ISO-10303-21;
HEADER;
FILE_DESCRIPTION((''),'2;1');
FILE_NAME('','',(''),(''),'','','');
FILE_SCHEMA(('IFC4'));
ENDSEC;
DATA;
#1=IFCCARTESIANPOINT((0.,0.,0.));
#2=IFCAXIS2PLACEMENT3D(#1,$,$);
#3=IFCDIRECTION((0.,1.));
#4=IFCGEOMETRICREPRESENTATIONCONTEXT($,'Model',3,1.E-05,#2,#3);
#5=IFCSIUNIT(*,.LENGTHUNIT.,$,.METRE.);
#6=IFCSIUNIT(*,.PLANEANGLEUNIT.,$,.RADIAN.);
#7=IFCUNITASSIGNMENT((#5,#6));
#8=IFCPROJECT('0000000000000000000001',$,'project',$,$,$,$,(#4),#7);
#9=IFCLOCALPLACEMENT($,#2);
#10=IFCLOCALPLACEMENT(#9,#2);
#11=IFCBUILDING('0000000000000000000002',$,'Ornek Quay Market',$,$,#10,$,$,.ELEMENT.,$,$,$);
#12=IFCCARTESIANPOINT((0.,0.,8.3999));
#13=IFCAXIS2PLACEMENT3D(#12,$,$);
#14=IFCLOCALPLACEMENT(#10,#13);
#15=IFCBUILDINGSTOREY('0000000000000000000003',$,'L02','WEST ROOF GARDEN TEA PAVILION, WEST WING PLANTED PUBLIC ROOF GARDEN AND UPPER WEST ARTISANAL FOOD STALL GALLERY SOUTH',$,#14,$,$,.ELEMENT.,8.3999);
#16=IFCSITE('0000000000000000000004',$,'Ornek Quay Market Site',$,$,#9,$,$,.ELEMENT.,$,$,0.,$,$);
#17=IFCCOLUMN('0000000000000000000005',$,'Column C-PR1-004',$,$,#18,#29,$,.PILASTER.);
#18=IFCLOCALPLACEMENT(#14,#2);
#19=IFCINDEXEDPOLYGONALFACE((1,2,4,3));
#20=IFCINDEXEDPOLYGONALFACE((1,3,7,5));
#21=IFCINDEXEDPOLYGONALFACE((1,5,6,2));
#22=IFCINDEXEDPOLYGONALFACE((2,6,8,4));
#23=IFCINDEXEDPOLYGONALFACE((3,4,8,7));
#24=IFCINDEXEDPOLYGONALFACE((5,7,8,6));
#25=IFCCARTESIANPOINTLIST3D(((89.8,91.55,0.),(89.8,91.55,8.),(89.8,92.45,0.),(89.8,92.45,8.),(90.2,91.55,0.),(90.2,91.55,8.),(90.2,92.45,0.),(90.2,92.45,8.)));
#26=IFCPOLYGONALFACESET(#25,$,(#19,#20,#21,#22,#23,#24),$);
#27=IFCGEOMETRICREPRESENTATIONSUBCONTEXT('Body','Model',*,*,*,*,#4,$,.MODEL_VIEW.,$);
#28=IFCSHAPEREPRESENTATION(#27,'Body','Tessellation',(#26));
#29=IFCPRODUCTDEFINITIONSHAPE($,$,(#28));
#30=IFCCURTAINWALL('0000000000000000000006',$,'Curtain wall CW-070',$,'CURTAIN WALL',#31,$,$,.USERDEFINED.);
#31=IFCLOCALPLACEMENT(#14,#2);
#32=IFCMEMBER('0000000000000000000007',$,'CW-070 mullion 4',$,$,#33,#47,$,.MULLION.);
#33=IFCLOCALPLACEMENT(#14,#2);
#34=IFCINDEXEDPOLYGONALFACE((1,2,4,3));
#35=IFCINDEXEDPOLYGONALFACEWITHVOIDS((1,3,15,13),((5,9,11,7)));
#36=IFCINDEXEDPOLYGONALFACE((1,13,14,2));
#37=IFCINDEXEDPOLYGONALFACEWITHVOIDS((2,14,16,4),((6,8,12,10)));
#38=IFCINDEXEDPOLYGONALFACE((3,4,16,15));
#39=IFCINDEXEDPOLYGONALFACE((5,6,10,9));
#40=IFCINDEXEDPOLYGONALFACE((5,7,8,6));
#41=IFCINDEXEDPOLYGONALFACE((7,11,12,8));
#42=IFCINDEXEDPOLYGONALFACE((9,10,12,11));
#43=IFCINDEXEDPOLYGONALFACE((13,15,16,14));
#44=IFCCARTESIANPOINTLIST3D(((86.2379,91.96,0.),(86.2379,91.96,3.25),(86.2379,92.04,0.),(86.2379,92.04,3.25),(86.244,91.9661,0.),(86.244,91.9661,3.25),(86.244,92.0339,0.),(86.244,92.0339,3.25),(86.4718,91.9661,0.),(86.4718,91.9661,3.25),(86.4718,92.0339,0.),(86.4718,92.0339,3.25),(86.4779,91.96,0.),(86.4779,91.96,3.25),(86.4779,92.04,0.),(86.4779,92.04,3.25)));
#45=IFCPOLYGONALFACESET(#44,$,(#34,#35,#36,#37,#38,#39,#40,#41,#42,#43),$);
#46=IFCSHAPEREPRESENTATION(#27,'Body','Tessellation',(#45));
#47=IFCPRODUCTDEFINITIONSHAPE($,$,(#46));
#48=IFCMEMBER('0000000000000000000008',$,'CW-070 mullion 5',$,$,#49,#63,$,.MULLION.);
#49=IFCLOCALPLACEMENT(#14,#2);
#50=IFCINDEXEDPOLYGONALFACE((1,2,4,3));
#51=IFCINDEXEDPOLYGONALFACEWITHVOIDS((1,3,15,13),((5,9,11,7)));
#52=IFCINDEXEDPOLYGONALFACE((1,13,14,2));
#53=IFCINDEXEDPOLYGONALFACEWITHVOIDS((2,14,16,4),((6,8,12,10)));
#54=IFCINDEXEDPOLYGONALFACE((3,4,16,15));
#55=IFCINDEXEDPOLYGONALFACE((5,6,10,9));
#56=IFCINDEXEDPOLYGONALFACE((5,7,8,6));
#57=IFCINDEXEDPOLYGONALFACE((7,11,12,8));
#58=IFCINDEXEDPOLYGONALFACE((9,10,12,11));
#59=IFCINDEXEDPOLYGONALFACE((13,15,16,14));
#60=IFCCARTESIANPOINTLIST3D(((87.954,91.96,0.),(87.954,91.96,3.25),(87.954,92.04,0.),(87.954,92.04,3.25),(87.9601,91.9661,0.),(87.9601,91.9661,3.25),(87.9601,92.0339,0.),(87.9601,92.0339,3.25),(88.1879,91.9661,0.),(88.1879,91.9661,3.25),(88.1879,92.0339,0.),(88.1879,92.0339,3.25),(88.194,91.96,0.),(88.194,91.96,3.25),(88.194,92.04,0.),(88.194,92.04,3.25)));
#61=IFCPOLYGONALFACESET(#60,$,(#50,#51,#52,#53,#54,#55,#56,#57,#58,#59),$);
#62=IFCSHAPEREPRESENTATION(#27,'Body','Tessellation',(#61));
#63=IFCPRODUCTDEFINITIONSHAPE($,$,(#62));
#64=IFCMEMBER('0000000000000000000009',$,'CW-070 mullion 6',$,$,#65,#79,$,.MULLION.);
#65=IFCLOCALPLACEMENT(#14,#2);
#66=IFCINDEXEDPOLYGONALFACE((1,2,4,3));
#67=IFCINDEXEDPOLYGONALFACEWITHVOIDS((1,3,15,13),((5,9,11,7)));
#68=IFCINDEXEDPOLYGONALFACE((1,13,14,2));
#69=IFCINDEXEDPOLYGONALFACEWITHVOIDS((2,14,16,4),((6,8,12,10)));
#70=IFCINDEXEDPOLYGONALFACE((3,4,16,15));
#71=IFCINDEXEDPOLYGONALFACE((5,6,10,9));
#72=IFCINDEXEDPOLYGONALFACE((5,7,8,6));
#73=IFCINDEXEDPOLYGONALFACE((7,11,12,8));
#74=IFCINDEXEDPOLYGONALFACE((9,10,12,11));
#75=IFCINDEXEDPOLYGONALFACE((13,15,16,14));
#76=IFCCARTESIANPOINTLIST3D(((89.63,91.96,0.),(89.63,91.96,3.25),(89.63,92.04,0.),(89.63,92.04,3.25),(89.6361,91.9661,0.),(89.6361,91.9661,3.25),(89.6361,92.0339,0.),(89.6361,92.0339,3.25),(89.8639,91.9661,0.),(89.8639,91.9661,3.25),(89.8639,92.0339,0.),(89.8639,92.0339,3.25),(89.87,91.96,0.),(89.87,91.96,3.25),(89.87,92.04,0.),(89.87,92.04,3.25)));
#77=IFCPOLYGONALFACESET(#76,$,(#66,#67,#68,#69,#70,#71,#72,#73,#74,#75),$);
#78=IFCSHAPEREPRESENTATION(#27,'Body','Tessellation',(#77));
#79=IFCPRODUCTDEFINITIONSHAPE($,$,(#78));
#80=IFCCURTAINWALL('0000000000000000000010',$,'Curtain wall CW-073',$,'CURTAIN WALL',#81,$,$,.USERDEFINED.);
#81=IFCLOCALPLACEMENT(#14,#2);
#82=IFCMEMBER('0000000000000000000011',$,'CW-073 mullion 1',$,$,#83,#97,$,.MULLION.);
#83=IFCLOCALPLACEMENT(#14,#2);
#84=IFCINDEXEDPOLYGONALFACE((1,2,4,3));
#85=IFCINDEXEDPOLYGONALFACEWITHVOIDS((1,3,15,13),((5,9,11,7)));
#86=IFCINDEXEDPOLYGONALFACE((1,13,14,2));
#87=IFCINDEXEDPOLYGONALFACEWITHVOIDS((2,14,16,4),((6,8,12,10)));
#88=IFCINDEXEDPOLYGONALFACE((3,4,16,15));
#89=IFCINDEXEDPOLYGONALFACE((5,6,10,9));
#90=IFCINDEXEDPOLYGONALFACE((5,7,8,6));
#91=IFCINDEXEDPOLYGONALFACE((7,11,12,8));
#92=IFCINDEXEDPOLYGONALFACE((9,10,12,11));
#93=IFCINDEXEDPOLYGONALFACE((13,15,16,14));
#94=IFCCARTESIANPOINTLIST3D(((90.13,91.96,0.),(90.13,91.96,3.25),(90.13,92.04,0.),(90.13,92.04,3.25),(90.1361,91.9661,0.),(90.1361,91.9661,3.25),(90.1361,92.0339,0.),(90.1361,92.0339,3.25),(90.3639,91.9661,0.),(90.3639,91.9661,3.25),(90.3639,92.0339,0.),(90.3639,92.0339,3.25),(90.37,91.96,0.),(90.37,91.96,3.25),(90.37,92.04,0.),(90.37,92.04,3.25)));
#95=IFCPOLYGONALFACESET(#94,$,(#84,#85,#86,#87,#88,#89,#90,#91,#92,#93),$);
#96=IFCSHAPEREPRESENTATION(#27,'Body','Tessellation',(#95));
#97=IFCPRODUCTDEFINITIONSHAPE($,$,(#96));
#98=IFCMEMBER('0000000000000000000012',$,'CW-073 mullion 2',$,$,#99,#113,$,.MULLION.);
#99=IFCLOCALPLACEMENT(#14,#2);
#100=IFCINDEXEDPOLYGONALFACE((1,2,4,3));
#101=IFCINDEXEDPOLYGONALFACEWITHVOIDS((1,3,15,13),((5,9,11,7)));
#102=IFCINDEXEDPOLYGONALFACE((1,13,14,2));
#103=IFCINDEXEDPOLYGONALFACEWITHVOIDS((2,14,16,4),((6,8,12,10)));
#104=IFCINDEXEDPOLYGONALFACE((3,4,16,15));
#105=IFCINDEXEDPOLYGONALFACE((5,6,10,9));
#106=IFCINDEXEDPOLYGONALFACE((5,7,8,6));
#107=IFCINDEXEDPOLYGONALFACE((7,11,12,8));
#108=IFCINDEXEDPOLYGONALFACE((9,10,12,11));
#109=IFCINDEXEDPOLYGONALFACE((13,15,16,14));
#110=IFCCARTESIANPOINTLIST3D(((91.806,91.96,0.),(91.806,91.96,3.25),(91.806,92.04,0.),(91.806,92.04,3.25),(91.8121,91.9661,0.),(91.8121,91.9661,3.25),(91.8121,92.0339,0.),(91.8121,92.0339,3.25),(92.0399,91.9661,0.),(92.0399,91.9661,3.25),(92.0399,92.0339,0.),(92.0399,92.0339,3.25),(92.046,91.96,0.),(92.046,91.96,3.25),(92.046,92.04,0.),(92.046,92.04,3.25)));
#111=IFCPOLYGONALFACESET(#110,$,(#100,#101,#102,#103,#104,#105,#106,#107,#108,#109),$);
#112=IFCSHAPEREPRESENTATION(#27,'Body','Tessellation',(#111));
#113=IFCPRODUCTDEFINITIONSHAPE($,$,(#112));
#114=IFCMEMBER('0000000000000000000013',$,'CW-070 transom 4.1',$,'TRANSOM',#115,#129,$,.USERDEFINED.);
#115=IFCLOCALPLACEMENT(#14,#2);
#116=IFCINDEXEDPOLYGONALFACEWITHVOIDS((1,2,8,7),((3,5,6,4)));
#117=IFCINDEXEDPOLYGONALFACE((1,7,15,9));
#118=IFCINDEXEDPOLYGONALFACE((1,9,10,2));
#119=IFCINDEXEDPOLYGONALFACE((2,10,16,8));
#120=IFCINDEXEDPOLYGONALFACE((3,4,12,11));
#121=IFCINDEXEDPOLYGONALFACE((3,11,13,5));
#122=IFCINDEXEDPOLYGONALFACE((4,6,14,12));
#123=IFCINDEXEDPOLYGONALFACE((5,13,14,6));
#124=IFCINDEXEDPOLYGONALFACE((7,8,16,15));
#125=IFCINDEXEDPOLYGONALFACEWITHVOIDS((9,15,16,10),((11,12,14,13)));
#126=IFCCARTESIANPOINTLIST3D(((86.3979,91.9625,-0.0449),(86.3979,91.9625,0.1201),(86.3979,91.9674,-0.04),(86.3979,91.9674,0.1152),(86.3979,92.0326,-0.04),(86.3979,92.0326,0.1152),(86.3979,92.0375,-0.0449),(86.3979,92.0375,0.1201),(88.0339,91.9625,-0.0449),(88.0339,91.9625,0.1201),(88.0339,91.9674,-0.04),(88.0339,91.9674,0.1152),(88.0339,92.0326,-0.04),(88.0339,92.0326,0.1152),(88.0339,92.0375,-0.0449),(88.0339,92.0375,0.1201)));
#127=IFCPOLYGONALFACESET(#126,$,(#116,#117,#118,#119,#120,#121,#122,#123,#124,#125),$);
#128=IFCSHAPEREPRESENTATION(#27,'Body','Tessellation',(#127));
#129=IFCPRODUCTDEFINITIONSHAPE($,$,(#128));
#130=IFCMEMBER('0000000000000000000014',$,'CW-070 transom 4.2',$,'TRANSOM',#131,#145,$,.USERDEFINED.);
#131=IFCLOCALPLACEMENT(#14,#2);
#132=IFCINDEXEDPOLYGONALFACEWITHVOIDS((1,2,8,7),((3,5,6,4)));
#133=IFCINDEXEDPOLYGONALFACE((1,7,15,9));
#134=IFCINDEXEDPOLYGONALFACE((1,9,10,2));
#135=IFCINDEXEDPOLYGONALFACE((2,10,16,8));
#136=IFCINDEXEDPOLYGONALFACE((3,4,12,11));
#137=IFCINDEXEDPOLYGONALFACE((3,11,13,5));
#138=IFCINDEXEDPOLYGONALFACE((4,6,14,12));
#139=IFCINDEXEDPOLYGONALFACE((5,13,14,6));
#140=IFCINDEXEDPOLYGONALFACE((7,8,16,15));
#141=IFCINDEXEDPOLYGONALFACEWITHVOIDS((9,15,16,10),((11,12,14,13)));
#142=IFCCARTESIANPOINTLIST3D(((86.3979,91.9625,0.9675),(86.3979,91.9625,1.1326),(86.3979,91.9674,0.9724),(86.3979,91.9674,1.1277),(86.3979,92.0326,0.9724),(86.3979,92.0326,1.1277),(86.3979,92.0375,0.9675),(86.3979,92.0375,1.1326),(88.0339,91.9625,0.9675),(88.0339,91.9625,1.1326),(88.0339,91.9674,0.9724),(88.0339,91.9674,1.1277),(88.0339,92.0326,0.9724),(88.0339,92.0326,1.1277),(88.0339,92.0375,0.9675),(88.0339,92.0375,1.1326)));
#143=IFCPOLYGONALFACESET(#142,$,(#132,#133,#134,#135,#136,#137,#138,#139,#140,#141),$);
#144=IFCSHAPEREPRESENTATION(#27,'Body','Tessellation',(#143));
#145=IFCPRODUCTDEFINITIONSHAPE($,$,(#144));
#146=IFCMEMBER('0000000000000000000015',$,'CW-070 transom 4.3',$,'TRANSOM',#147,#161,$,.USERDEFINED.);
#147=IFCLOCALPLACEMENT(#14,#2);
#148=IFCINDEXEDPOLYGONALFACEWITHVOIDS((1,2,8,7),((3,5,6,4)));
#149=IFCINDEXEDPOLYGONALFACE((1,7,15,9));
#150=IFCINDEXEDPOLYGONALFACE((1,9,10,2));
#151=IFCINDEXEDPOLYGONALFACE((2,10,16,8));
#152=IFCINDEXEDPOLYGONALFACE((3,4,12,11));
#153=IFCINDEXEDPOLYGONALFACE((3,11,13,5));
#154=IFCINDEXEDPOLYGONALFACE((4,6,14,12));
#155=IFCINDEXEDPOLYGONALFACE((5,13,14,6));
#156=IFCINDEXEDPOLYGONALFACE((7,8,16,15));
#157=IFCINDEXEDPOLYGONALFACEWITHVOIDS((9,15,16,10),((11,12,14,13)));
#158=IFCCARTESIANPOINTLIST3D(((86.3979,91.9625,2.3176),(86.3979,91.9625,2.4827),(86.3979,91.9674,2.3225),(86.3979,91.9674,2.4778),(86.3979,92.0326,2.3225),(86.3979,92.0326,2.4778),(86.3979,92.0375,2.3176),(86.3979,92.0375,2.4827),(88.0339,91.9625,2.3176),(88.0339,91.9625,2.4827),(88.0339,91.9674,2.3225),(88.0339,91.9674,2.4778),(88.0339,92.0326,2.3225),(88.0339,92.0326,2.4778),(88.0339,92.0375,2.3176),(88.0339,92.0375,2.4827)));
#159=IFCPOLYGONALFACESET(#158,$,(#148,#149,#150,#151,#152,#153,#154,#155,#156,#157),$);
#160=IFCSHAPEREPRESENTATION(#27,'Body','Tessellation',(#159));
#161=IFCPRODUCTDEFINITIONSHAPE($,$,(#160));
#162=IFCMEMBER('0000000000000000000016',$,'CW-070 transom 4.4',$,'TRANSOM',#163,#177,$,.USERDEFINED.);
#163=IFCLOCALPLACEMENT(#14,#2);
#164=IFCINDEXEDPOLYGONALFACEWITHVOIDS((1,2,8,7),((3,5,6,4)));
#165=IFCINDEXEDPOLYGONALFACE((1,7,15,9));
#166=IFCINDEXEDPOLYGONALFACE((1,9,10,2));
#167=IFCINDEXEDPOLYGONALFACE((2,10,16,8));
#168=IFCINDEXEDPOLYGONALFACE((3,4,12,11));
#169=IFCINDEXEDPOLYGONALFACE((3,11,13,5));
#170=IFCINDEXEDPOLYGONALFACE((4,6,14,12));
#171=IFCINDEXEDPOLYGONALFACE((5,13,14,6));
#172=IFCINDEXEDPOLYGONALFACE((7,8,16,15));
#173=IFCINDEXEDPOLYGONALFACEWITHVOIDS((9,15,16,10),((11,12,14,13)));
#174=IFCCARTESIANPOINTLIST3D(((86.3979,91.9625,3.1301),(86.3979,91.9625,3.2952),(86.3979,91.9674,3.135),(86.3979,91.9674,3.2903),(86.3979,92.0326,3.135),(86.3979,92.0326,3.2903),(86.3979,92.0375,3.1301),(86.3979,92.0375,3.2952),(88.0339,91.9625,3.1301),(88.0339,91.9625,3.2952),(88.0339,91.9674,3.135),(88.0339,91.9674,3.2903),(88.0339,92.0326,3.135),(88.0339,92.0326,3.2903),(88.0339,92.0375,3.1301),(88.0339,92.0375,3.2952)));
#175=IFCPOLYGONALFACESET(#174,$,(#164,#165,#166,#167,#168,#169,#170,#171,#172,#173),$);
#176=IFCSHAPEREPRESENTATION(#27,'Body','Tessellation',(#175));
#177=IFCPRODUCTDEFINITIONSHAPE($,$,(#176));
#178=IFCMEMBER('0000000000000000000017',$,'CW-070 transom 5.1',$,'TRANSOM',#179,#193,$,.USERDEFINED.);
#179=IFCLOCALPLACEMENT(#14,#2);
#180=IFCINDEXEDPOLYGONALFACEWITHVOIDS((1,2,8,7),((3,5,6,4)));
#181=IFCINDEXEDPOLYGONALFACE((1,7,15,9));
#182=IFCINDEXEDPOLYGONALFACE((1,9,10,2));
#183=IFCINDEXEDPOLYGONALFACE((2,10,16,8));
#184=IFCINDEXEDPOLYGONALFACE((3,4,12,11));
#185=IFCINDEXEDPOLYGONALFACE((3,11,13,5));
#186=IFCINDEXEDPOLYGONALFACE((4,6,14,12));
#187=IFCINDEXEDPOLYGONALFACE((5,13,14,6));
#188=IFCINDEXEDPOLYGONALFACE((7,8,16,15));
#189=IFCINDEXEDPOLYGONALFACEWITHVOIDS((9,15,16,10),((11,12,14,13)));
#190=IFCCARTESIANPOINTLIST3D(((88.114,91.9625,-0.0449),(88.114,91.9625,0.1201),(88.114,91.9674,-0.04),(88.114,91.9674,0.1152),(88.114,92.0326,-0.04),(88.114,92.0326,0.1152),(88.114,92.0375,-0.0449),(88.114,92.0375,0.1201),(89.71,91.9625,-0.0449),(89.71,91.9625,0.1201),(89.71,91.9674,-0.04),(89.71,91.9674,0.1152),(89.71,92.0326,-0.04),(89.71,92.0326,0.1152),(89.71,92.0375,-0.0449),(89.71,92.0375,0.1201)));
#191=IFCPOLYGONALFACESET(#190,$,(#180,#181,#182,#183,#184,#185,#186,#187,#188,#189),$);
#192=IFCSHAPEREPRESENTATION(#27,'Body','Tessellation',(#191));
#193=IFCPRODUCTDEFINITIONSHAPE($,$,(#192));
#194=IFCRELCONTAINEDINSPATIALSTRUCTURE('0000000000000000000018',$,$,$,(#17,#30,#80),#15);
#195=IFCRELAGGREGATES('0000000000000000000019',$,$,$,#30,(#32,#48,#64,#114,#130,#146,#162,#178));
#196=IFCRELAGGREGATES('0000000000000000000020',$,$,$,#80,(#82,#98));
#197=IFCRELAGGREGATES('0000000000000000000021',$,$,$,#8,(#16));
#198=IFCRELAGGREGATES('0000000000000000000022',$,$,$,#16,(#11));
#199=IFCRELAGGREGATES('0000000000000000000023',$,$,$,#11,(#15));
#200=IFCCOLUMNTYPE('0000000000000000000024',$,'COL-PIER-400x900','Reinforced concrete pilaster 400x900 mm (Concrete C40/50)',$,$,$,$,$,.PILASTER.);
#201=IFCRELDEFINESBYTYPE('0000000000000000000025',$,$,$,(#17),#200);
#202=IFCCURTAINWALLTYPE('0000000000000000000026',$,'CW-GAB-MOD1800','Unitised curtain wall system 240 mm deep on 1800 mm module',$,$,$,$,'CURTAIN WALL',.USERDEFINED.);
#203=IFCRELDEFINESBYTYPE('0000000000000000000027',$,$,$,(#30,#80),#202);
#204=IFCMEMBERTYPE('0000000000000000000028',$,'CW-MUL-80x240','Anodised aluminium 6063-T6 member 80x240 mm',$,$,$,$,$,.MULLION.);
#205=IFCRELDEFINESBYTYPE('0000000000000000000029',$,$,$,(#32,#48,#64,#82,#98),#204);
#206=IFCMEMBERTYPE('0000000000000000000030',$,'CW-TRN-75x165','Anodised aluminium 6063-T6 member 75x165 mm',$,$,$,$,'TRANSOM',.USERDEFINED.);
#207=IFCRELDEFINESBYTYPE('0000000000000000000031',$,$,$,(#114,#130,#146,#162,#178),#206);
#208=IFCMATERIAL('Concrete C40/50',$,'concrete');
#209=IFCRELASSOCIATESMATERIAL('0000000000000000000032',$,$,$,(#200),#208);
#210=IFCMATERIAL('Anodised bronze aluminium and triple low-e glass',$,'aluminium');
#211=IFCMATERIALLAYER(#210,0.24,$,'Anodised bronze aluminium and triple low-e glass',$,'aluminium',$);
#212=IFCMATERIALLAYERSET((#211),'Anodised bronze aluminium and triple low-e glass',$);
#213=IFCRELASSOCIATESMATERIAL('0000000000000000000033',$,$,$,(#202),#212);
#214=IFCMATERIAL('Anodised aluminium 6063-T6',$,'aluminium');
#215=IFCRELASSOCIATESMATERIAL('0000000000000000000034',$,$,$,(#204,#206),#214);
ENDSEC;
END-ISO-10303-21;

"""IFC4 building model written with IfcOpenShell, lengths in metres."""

from ifc_helpers import new_model, si_unit, direction, frame, origin, origin_2d, place, context, subcontext, project, spatial, rectangle, hollow_rectangle, extrude, material, layer, layer_set, material_profile, profile_set, type_object, element, aggregate, save


model = new_model("IFC4")

# Units and contexts
model_context = context("Model", 3, precision=1e-05, world=origin(), true_north=direction((0.0, 1.0)))
body_context = subcontext(model_context, "Body", "Model", "MODEL_VIEW")
ifc_project = project(units=[si_unit("LENGTHUNIT", "METRE"), si_unit("PLANEANGLEUNIT", "RADIAN")], contexts=[model_context])

# Site, building, storey
site_placement = place(None, origin())
site = spatial("IfcSite", under=ifc_project, at=site_placement, Name="Ornek Quay Market Site", CompositionType="ELEMENT", RefElevation=0.0)
building_placement = place(site_placement, origin())
building = spatial("IfcBuilding", under=site, at=building_placement, Name="Ornek Quay Market", CompositionType="ELEMENT")
storey_placement = place(building_placement, frame((0.0, 0.0, 8.3999)))
storey = spatial("IfcBuildingStorey", under=building, at=storey_placement, Name="L02", Description="WEST ROOF GARDEN TEA PAVILION, WEST WING PLANTED PUBLIC ROOF GARDEN AND UPPER WEST ARTISANAL FOOD STALL GALLERY SOUTH", CompositionType="ELEMENT", Elevation=8.3999)

# Column
ifc_material_1 = material(Name="Concrete C40/50", Category="concrete")
ifc_material_profile_1 = material_profile(ifc_material_1, rectangle(XDim=0.3999, YDim=0.8999, at=origin_2d()), Name="RC 400x900", Category="concrete")
ifc_profile_set_1 = profile_set([ifc_material_profile_1], Name="Concrete C40/50")
column_type = type_object("IfcColumnType", Name="COL-PIER-400x900", Description="Reinforced concrete pilaster 400x900 mm (Concrete C40/50)", PredefinedType="PILASTER", material=ifc_profile_set_1)
column_placement = place(storey_placement, frame((90.0, 92.0, 0.0), z_axis=(0.0, 0.0, 1.0), x_axis=(1.0, 0.0, 0.0)))
element("IfcColumn", 1, at=column_placement, inside=storey, type_object=column_type, Name="Column C-PR1-004", PredefinedType="PILASTER", context=body_context, shape_type="SweptSolid", body=[
    extrude(rectangle(XDim=0.3999, YDim=0.8999, at=origin_2d()), origin(), (0.0, 0.0, 1.0), 8.0),
])

# Curtain walls, members
ifc_material_2 = material(Name="Anodised bronze aluminium and triple low-e glass", Category="aluminium")
ifc_layer_1 = layer(ifc_material_2, 0.24, Name="Anodised bronze aluminium and triple low-e glass", Category="aluminium")
ifc_layer_set_1 = layer_set([ifc_layer_1], Name="Anodised bronze aluminium and triple low-e glass")
curtain_wall_type = type_object("IfcCurtainWallType", Name="CW-GAB-MOD1800", Description="Unitised curtain wall system 240 mm deep on 1800 mm module", ElementType="CURTAIN WALL", PredefinedType="USERDEFINED", material=ifc_layer_set_1)
curtain_wall_1_placement = place(storey_placement, origin())
curtain_wall_1 = element("IfcCurtainWall", 2, at=curtain_wall_1_placement, inside=storey, type_object=curtain_wall_type, Name="Curtain wall CW-070", ObjectType="CURTAIN WALL", PredefinedType="USERDEFINED")
ifc_material_3 = material(Name="Anodised aluminium 6063-T6", Category="aluminium")
ifc_material_profile_2 = material_profile(ifc_material_3, hollow_rectangle(XDim=0.0801, YDim=0.24, WallThickness=0.0061, at=origin_2d()), Name="CW-MUL-80x240", Category="aluminium")
ifc_profile_set_2 = profile_set([ifc_material_profile_2], Name="Anodised aluminium 6063-T6")
member_type_1 = type_object("IfcMemberType", Name="CW-MUL-80x240", Description="Anodised aluminium 6063-T6 member 80x240 mm", PredefinedType="MULLION", material=ifc_profile_set_2)
member_1_placement = place(storey_placement, frame((86.3579, 92.0, 0.0), z_axis=(0.0, 0.0, 1.0), x_axis=(0.0, 1.0, 0.0)))
member_1 = element("IfcMember", 3, at=member_1_placement, type_object=member_type_1, Name="CW-070 mullion 4", PredefinedType="MULLION", context=body_context, shape_type="SweptSolid", body=[
    extrude(hollow_rectangle(XDim=0.0801, YDim=0.24, WallThickness=0.0061, at=origin_2d()), origin(), (0.0, 0.0, 1.0), 3.25),
])
member_2_placement = place(storey_placement, frame((88.074, 92.0, 0.0), z_axis=(0.0, 0.0, 1.0), x_axis=(0.0, 1.0, 0.0)))
member_2 = element("IfcMember", 4, at=member_2_placement, type_object=member_type_1, Name="CW-070 mullion 5", PredefinedType="MULLION", context=body_context, shape_type="SweptSolid", body=[
    extrude(hollow_rectangle(XDim=0.0801, YDim=0.24, WallThickness=0.0061, at=origin_2d()), origin(), (0.0, 0.0, 1.0), 3.25),
])
member_3_placement = place(storey_placement, frame((89.75, 92.0, 0.0), z_axis=(0.0, 0.0, 1.0), x_axis=(0.0, 1.0, 0.0)))
member_3 = element("IfcMember", 5, at=member_3_placement, type_object=member_type_1, Name="CW-070 mullion 6", PredefinedType="MULLION", context=body_context, shape_type="SweptSolid", body=[
    extrude(hollow_rectangle(XDim=0.0801, YDim=0.24, WallThickness=0.0061, at=origin_2d()), origin(), (0.0, 0.0, 1.0), 3.25),
])
curtain_wall_2_placement = place(storey_placement, origin())
curtain_wall_2 = element("IfcCurtainWall", 6, at=curtain_wall_2_placement, inside=storey, type_object=curtain_wall_type, Name="Curtain wall CW-073", ObjectType="CURTAIN WALL", PredefinedType="USERDEFINED")
member_4_placement = place(storey_placement, frame((90.25, 92.0, 0.0), z_axis=(0.0, 0.0, 1.0), x_axis=(0.0, 1.0, 0.0)))
member_4 = element("IfcMember", 7, at=member_4_placement, type_object=member_type_1, Name="CW-073 mullion 1", PredefinedType="MULLION", context=body_context, shape_type="SweptSolid", body=[
    extrude(hollow_rectangle(XDim=0.0801, YDim=0.24, WallThickness=0.0061, at=origin_2d()), origin(), (0.0, 0.0, 1.0), 3.25),
])
member_5_placement = place(storey_placement, frame((91.926, 92.0, 0.0), z_axis=(0.0, 0.0, 1.0), x_axis=(0.0, 1.0, 0.0)))
member_5 = element("IfcMember", 8, at=member_5_placement, type_object=member_type_1, Name="CW-073 mullion 2", PredefinedType="MULLION", context=body_context, shape_type="SweptSolid", body=[
    extrude(hollow_rectangle(XDim=0.0801, YDim=0.24, WallThickness=0.0061, at=origin_2d()), origin(), (0.0, 0.0, 1.0), 3.25),
])

# Members
ifc_material_profile_3 = material_profile(ifc_material_3, hollow_rectangle(XDim=0.075, YDim=0.165, WallThickness=0.0049, at=origin_2d()), Name="CW-TRN-75x165", Category="aluminium")
ifc_profile_set_3 = profile_set([ifc_material_profile_3], Name="Anodised aluminium 6063-T6")
member_type_2 = type_object("IfcMemberType", Name="CW-TRN-75x165", Description="Anodised aluminium 6063-T6 member 75x165 mm", ElementType="TRANSOM", PredefinedType="USERDEFINED", material=ifc_profile_set_3)
member_6_placement = place(storey_placement, frame((86.3979, 92.0, 0.0376), z_axis=(1.0, 0.0, 0.0), x_axis=(0.0, 1.0, 0.0)))
member_6 = element("IfcMember", 9, at=member_6_placement, type_object=member_type_2, Name="CW-070 transom 4.1", ObjectType="TRANSOM", PredefinedType="USERDEFINED", context=body_context, shape_type="SweptSolid", body=[
    extrude(hollow_rectangle(XDim=0.075, YDim=0.165, WallThickness=0.0049, at=origin_2d()), origin(), (0.0, 0.0, 1.0), 1.636),
])
member_7_placement = place(storey_placement, frame((86.3979, 92.0, 1.05), z_axis=(1.0, 0.0, 0.0), x_axis=(0.0, 1.0, 0.0)))
member_7 = element("IfcMember", 10, at=member_7_placement, type_object=member_type_2, Name="CW-070 transom 4.2", ObjectType="TRANSOM", PredefinedType="USERDEFINED", context=body_context, shape_type="SweptSolid", body=[
    extrude(hollow_rectangle(XDim=0.075, YDim=0.165, WallThickness=0.0049, at=origin_2d()), origin(), (0.0, 0.0, 1.0), 1.636),
])
member_8_placement = place(storey_placement, frame((86.3979, 92.0, 2.4001), z_axis=(1.0, 0.0, 0.0), x_axis=(0.0, 1.0, 0.0)))
member_8 = element("IfcMember", 11, at=member_8_placement, type_object=member_type_2, Name="CW-070 transom 4.3", ObjectType="TRANSOM", PredefinedType="USERDEFINED", context=body_context, shape_type="SweptSolid", body=[
    extrude(hollow_rectangle(XDim=0.075, YDim=0.165, WallThickness=0.0049, at=origin_2d()), origin(), (0.0, 0.0, 1.0), 1.636),
])
member_9_placement = place(storey_placement, frame((86.3979, 92.0, 3.2126), z_axis=(1.0, 0.0, 0.0), x_axis=(0.0, 1.0, 0.0)))
member_9 = element("IfcMember", 12, at=member_9_placement, type_object=member_type_2, Name="CW-070 transom 4.4", ObjectType="TRANSOM", PredefinedType="USERDEFINED", context=body_context, shape_type="SweptSolid", body=[
    extrude(hollow_rectangle(XDim=0.075, YDim=0.165, WallThickness=0.0049, at=origin_2d()), origin(), (0.0, 0.0, 1.0), 1.636),
])
member_10_placement = place(storey_placement, frame((88.114, 92.0, 0.0376), z_axis=(1.0, 0.0, 0.0), x_axis=(0.0, 1.0, 0.0)))
member_10 = element("IfcMember", 13, at=member_10_placement, type_object=member_type_2, Name="CW-070 transom 5.1", ObjectType="TRANSOM", PredefinedType="USERDEFINED", context=body_context, shape_type="SweptSolid", body=[
    extrude(hollow_rectangle(XDim=0.075, YDim=0.165, WallThickness=0.0049, at=origin_2d()), origin(), (0.0, 0.0, 1.0), 1.5959),
])

aggregate(curtain_wall_1, [member_1, member_2, member_3, member_6, member_7, member_8, member_9, member_10])
aggregate(curtain_wall_2, [member_4, member_5])

save(model, "model.ifc")
